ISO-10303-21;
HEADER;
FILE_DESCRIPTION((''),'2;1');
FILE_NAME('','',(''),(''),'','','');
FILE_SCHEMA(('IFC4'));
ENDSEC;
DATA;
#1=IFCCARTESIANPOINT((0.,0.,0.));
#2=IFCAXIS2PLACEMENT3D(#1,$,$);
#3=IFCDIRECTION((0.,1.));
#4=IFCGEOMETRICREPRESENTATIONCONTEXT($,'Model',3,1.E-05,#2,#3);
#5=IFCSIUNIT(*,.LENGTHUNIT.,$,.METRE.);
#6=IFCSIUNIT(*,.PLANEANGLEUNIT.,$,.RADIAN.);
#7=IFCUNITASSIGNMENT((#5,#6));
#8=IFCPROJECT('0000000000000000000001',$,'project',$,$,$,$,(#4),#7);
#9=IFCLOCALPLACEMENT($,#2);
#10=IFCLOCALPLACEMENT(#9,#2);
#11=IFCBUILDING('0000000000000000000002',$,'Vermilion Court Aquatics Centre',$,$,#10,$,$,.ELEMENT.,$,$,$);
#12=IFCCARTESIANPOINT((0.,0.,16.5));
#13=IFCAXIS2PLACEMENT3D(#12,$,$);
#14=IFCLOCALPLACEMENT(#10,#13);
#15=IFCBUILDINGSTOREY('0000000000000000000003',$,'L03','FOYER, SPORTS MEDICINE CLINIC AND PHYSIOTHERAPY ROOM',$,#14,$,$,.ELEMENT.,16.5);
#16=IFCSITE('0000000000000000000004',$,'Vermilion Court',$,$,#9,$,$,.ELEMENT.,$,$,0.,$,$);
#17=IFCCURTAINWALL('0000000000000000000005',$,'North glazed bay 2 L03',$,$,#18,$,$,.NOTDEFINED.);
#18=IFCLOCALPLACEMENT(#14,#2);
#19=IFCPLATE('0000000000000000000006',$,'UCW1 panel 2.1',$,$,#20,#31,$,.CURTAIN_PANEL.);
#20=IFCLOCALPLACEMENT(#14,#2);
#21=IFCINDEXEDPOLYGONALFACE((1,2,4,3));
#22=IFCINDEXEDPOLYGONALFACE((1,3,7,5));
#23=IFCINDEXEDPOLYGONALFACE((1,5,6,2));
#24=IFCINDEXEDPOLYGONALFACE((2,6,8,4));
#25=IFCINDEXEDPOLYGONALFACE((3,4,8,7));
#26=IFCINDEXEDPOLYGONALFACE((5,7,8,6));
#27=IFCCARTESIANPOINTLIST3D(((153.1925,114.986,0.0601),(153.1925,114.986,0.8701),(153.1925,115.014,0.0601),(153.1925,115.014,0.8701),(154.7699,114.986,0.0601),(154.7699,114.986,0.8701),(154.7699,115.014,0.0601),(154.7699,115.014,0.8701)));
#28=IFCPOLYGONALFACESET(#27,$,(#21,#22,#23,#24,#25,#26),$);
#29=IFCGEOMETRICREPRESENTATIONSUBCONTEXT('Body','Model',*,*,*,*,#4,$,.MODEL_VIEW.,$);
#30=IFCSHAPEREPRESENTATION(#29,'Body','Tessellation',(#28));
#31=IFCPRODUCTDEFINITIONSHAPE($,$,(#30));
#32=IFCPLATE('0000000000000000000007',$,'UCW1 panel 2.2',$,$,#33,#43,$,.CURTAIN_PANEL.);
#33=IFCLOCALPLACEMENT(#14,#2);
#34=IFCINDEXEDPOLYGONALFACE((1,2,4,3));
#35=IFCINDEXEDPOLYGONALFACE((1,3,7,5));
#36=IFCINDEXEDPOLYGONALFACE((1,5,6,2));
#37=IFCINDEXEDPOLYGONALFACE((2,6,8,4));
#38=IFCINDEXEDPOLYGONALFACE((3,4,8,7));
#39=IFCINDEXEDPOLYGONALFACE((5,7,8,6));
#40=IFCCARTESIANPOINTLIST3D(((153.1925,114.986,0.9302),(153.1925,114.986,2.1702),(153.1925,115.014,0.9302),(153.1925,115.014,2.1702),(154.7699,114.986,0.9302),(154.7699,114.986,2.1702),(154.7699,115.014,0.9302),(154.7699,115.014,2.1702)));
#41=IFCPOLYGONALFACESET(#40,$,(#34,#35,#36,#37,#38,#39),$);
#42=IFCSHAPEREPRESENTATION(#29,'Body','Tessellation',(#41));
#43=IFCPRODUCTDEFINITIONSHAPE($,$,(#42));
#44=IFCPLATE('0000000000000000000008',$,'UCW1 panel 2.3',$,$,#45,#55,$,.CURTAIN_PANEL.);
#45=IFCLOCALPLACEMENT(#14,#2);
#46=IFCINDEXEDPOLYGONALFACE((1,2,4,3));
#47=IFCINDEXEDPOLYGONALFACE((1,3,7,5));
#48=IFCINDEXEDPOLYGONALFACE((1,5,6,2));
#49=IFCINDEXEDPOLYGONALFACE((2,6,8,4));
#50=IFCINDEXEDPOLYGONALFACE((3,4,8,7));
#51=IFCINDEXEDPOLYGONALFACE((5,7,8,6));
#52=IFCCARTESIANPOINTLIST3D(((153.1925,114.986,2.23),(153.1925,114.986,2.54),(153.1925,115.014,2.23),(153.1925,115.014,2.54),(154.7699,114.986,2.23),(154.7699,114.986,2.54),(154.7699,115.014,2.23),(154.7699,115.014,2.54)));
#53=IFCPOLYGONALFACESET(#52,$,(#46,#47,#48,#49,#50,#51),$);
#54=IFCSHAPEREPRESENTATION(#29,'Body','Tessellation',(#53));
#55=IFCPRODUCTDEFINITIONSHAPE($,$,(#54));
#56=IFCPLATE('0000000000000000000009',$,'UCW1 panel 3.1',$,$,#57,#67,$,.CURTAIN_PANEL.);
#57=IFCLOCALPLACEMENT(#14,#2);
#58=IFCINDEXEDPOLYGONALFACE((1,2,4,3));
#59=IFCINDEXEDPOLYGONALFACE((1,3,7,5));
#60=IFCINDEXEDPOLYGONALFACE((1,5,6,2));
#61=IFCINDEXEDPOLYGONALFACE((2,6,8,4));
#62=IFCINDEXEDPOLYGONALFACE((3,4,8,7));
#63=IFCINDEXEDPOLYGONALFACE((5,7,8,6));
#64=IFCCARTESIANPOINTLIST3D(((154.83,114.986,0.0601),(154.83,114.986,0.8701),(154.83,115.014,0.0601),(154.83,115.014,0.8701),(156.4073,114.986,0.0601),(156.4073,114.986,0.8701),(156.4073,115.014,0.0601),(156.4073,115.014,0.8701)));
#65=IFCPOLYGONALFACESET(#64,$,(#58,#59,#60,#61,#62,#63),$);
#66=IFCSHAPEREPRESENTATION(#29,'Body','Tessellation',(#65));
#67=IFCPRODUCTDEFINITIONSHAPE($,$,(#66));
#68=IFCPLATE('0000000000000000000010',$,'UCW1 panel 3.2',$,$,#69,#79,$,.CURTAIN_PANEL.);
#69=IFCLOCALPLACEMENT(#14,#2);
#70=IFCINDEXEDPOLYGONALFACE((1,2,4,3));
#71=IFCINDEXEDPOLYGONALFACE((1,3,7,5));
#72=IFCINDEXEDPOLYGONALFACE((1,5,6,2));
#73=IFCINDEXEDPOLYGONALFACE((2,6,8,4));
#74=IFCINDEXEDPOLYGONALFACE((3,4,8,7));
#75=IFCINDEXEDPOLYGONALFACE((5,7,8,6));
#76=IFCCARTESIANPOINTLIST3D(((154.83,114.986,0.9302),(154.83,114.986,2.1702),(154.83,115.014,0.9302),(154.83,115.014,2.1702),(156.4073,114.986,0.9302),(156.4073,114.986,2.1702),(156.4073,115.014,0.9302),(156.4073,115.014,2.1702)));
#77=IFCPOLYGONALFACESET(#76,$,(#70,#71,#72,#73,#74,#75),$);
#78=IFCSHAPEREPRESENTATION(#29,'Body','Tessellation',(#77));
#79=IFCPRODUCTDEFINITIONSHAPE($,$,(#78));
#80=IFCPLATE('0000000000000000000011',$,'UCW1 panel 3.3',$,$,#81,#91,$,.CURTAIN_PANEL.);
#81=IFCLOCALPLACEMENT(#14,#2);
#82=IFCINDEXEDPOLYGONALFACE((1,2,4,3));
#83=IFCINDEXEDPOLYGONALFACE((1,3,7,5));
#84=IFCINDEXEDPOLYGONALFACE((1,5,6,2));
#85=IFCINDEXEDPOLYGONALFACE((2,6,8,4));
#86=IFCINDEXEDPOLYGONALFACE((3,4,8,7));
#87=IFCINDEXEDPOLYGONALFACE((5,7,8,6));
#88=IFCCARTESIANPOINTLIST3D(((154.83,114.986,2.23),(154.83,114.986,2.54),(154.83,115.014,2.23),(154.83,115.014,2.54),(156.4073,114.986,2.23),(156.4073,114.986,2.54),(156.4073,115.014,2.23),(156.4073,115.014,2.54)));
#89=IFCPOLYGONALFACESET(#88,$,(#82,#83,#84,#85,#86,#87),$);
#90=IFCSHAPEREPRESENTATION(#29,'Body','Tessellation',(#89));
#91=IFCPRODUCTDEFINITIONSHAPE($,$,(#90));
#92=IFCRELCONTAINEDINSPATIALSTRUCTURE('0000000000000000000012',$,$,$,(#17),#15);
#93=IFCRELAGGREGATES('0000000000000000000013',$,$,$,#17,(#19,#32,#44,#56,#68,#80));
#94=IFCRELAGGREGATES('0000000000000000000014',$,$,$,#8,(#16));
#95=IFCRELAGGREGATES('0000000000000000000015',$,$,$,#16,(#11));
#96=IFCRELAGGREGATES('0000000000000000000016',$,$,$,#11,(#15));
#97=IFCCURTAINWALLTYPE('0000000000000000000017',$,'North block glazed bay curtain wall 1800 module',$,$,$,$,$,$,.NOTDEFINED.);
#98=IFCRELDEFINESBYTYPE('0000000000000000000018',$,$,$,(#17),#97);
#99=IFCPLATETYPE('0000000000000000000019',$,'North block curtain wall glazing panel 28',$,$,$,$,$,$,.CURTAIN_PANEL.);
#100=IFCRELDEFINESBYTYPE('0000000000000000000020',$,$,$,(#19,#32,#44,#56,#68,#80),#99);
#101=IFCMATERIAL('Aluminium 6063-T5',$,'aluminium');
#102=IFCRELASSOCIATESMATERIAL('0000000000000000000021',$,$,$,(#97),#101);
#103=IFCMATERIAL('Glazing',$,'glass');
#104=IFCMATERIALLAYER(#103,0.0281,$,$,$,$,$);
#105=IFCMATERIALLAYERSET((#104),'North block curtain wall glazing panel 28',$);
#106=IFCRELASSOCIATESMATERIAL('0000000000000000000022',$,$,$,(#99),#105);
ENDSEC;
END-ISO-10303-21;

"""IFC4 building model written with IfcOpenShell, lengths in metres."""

from ifc_helpers import new_model, si_unit, direction, frame, origin, origin_2d, place, context, subcontext, project, spatial, rectangle, extrude, material, layer, layer_set, type_object, element, aggregate, save


model = new_model("IFC4")

# Units and contexts
model_context = context("Model", 3, precision=1e-05, world=origin(), true_north=direction((0.0, 1.0)))
body_context = subcontext(model_context, "Body", "Model", "MODEL_VIEW")
ifc_project = project(units=[si_unit("LENGTHUNIT", "METRE"), si_unit("PLANEANGLEUNIT", "RADIAN")], contexts=[model_context])

# Site, building, storey
site_placement = place(None, origin())
site = spatial("IfcSite", under=ifc_project, at=site_placement, Name="Vermilion Court", CompositionType="ELEMENT", RefElevation=0.0)
building_placement = place(site_placement, origin())
building = spatial("IfcBuilding", under=site, at=building_placement, Name="Vermilion Court Aquatics Centre", CompositionType="ELEMENT")
storey_placement = place(building_placement, frame((0.0, 0.0, 16.5)))
storey = spatial("IfcBuildingStorey", under=building, at=storey_placement, Name="L03", Description="FOYER, SPORTS MEDICINE CLINIC AND PHYSIOTHERAPY ROOM", CompositionType="ELEMENT", Elevation=16.5)

# Shared definitions
ifc_material_1 = material(Name="Aluminium 6063-T5", Category="aluminium")
curtain_wall_type = type_object("IfcCurtainWallType", Name="North block glazed bay curtain wall 1800 module", PredefinedType="NOTDEFINED", material=ifc_material_1)

# Curtain wall
curtain_wall_1_placement = place(storey_placement, origin())
curtain_wall_1 = element("IfcCurtainWall", 1, at=curtain_wall_1_placement, inside=storey, type_object=curtain_wall_type, Name="North glazed bay 2 L03", PredefinedType="NOTDEFINED")

# Plates
ifc_material_2 = material(Name="Glazing", Category="glass")
ifc_layer = layer(ifc_material_2, 0.0281)
ifc_layer_set = layer_set([ifc_layer], Name="North block curtain wall glazing panel 28")
plate_type = type_object("IfcPlateType", Name="North block curtain wall glazing panel 28", PredefinedType="CURTAIN_PANEL", material=ifc_layer_set)
plate_1_placement = place(storey_placement, frame((153.9812, 115.0, 0.0601), z_axis=(0.0, 0.0, 1.0), x_axis=(1.0, 0.0, 0.0)))
plate_1 = element("IfcPlate", 2, at=plate_1_placement, type_object=plate_type, Name="UCW1 panel 2.1", PredefinedType="CURTAIN_PANEL", context=body_context, shape_type="SweptSolid", body=[
    extrude(rectangle(XDim=1.5774, YDim=0.0281, at=origin_2d()), origin(), (0.0, 0.0, 1.0), 0.8101),
])
plate_2_placement = place(storey_placement, frame((153.9812, 115.0, 0.9302), z_axis=(0.0, 0.0, 1.0), x_axis=(1.0, 0.0, 0.0)))
plate_2 = element("IfcPlate", 3, at=plate_2_placement, type_object=plate_type, Name="UCW1 panel 2.2", PredefinedType="CURTAIN_PANEL", context=body_context, shape_type="SweptSolid", body=[
    extrude(rectangle(XDim=1.5774, YDim=0.0281, at=origin_2d()), origin(), (0.0, 0.0, 1.0), 1.24),
])
plate_3_placement = place(storey_placement, frame((153.9812, 115.0, 2.23), z_axis=(0.0, 0.0, 1.0), x_axis=(1.0, 0.0, 0.0)))
plate_3 = element("IfcPlate", 4, at=plate_3_placement, type_object=plate_type, Name="UCW1 panel 2.3", PredefinedType="CURTAIN_PANEL", context=body_context, shape_type="SweptSolid", body=[
    extrude(rectangle(XDim=1.5774, YDim=0.0281, at=origin_2d()), origin(), (0.0, 0.0, 1.0), 0.3101),
])
plate_4_placement = place(storey_placement, frame((155.6187, 115.0, 0.0601), z_axis=(0.0, 0.0, 1.0), x_axis=(1.0, 0.0, 0.0)))
plate_4 = element("IfcPlate", 5, at=plate_4_placement, type_object=plate_type, Name="UCW1 panel 3.1", PredefinedType="CURTAIN_PANEL", context=body_context, shape_type="SweptSolid", body=[
    extrude(rectangle(XDim=1.5774, YDim=0.0281, at=origin_2d()), origin(), (0.0, 0.0, 1.0), 0.8101),
])
plate_5_placement = place(storey_placement, frame((155.6187, 115.0, 0.9302), z_axis=(0.0, 0.0, 1.0), x_axis=(1.0, 0.0, 0.0)))
plate_5 = element("IfcPlate", 6, at=plate_5_placement, type_object=plate_type, Name="UCW1 panel 3.2", PredefinedType="CURTAIN_PANEL", context=body_context, shape_type="SweptSolid", body=[
    extrude(rectangle(XDim=1.5774, YDim=0.0281, at=origin_2d()), origin(), (0.0, 0.0, 1.0), 1.24),
])
plate_6_placement = place(storey_placement, frame((155.6187, 115.0, 2.23), z_axis=(0.0, 0.0, 1.0), x_axis=(1.0, 0.0, 0.0)))
plate_6 = element("IfcPlate", 7, at=plate_6_placement, type_object=plate_type, Name="UCW1 panel 3.3", PredefinedType="CURTAIN_PANEL", context=body_context, shape_type="SweptSolid", body=[
    extrude(rectangle(XDim=1.5774, YDim=0.0281, at=origin_2d()), origin(), (0.0, 0.0, 1.0), 0.3101),
])
aggregate(curtain_wall_1, [plate_1, plate_2, plate_3, plate_4, plate_5, plate_6])

save(model, "model.ifc")
